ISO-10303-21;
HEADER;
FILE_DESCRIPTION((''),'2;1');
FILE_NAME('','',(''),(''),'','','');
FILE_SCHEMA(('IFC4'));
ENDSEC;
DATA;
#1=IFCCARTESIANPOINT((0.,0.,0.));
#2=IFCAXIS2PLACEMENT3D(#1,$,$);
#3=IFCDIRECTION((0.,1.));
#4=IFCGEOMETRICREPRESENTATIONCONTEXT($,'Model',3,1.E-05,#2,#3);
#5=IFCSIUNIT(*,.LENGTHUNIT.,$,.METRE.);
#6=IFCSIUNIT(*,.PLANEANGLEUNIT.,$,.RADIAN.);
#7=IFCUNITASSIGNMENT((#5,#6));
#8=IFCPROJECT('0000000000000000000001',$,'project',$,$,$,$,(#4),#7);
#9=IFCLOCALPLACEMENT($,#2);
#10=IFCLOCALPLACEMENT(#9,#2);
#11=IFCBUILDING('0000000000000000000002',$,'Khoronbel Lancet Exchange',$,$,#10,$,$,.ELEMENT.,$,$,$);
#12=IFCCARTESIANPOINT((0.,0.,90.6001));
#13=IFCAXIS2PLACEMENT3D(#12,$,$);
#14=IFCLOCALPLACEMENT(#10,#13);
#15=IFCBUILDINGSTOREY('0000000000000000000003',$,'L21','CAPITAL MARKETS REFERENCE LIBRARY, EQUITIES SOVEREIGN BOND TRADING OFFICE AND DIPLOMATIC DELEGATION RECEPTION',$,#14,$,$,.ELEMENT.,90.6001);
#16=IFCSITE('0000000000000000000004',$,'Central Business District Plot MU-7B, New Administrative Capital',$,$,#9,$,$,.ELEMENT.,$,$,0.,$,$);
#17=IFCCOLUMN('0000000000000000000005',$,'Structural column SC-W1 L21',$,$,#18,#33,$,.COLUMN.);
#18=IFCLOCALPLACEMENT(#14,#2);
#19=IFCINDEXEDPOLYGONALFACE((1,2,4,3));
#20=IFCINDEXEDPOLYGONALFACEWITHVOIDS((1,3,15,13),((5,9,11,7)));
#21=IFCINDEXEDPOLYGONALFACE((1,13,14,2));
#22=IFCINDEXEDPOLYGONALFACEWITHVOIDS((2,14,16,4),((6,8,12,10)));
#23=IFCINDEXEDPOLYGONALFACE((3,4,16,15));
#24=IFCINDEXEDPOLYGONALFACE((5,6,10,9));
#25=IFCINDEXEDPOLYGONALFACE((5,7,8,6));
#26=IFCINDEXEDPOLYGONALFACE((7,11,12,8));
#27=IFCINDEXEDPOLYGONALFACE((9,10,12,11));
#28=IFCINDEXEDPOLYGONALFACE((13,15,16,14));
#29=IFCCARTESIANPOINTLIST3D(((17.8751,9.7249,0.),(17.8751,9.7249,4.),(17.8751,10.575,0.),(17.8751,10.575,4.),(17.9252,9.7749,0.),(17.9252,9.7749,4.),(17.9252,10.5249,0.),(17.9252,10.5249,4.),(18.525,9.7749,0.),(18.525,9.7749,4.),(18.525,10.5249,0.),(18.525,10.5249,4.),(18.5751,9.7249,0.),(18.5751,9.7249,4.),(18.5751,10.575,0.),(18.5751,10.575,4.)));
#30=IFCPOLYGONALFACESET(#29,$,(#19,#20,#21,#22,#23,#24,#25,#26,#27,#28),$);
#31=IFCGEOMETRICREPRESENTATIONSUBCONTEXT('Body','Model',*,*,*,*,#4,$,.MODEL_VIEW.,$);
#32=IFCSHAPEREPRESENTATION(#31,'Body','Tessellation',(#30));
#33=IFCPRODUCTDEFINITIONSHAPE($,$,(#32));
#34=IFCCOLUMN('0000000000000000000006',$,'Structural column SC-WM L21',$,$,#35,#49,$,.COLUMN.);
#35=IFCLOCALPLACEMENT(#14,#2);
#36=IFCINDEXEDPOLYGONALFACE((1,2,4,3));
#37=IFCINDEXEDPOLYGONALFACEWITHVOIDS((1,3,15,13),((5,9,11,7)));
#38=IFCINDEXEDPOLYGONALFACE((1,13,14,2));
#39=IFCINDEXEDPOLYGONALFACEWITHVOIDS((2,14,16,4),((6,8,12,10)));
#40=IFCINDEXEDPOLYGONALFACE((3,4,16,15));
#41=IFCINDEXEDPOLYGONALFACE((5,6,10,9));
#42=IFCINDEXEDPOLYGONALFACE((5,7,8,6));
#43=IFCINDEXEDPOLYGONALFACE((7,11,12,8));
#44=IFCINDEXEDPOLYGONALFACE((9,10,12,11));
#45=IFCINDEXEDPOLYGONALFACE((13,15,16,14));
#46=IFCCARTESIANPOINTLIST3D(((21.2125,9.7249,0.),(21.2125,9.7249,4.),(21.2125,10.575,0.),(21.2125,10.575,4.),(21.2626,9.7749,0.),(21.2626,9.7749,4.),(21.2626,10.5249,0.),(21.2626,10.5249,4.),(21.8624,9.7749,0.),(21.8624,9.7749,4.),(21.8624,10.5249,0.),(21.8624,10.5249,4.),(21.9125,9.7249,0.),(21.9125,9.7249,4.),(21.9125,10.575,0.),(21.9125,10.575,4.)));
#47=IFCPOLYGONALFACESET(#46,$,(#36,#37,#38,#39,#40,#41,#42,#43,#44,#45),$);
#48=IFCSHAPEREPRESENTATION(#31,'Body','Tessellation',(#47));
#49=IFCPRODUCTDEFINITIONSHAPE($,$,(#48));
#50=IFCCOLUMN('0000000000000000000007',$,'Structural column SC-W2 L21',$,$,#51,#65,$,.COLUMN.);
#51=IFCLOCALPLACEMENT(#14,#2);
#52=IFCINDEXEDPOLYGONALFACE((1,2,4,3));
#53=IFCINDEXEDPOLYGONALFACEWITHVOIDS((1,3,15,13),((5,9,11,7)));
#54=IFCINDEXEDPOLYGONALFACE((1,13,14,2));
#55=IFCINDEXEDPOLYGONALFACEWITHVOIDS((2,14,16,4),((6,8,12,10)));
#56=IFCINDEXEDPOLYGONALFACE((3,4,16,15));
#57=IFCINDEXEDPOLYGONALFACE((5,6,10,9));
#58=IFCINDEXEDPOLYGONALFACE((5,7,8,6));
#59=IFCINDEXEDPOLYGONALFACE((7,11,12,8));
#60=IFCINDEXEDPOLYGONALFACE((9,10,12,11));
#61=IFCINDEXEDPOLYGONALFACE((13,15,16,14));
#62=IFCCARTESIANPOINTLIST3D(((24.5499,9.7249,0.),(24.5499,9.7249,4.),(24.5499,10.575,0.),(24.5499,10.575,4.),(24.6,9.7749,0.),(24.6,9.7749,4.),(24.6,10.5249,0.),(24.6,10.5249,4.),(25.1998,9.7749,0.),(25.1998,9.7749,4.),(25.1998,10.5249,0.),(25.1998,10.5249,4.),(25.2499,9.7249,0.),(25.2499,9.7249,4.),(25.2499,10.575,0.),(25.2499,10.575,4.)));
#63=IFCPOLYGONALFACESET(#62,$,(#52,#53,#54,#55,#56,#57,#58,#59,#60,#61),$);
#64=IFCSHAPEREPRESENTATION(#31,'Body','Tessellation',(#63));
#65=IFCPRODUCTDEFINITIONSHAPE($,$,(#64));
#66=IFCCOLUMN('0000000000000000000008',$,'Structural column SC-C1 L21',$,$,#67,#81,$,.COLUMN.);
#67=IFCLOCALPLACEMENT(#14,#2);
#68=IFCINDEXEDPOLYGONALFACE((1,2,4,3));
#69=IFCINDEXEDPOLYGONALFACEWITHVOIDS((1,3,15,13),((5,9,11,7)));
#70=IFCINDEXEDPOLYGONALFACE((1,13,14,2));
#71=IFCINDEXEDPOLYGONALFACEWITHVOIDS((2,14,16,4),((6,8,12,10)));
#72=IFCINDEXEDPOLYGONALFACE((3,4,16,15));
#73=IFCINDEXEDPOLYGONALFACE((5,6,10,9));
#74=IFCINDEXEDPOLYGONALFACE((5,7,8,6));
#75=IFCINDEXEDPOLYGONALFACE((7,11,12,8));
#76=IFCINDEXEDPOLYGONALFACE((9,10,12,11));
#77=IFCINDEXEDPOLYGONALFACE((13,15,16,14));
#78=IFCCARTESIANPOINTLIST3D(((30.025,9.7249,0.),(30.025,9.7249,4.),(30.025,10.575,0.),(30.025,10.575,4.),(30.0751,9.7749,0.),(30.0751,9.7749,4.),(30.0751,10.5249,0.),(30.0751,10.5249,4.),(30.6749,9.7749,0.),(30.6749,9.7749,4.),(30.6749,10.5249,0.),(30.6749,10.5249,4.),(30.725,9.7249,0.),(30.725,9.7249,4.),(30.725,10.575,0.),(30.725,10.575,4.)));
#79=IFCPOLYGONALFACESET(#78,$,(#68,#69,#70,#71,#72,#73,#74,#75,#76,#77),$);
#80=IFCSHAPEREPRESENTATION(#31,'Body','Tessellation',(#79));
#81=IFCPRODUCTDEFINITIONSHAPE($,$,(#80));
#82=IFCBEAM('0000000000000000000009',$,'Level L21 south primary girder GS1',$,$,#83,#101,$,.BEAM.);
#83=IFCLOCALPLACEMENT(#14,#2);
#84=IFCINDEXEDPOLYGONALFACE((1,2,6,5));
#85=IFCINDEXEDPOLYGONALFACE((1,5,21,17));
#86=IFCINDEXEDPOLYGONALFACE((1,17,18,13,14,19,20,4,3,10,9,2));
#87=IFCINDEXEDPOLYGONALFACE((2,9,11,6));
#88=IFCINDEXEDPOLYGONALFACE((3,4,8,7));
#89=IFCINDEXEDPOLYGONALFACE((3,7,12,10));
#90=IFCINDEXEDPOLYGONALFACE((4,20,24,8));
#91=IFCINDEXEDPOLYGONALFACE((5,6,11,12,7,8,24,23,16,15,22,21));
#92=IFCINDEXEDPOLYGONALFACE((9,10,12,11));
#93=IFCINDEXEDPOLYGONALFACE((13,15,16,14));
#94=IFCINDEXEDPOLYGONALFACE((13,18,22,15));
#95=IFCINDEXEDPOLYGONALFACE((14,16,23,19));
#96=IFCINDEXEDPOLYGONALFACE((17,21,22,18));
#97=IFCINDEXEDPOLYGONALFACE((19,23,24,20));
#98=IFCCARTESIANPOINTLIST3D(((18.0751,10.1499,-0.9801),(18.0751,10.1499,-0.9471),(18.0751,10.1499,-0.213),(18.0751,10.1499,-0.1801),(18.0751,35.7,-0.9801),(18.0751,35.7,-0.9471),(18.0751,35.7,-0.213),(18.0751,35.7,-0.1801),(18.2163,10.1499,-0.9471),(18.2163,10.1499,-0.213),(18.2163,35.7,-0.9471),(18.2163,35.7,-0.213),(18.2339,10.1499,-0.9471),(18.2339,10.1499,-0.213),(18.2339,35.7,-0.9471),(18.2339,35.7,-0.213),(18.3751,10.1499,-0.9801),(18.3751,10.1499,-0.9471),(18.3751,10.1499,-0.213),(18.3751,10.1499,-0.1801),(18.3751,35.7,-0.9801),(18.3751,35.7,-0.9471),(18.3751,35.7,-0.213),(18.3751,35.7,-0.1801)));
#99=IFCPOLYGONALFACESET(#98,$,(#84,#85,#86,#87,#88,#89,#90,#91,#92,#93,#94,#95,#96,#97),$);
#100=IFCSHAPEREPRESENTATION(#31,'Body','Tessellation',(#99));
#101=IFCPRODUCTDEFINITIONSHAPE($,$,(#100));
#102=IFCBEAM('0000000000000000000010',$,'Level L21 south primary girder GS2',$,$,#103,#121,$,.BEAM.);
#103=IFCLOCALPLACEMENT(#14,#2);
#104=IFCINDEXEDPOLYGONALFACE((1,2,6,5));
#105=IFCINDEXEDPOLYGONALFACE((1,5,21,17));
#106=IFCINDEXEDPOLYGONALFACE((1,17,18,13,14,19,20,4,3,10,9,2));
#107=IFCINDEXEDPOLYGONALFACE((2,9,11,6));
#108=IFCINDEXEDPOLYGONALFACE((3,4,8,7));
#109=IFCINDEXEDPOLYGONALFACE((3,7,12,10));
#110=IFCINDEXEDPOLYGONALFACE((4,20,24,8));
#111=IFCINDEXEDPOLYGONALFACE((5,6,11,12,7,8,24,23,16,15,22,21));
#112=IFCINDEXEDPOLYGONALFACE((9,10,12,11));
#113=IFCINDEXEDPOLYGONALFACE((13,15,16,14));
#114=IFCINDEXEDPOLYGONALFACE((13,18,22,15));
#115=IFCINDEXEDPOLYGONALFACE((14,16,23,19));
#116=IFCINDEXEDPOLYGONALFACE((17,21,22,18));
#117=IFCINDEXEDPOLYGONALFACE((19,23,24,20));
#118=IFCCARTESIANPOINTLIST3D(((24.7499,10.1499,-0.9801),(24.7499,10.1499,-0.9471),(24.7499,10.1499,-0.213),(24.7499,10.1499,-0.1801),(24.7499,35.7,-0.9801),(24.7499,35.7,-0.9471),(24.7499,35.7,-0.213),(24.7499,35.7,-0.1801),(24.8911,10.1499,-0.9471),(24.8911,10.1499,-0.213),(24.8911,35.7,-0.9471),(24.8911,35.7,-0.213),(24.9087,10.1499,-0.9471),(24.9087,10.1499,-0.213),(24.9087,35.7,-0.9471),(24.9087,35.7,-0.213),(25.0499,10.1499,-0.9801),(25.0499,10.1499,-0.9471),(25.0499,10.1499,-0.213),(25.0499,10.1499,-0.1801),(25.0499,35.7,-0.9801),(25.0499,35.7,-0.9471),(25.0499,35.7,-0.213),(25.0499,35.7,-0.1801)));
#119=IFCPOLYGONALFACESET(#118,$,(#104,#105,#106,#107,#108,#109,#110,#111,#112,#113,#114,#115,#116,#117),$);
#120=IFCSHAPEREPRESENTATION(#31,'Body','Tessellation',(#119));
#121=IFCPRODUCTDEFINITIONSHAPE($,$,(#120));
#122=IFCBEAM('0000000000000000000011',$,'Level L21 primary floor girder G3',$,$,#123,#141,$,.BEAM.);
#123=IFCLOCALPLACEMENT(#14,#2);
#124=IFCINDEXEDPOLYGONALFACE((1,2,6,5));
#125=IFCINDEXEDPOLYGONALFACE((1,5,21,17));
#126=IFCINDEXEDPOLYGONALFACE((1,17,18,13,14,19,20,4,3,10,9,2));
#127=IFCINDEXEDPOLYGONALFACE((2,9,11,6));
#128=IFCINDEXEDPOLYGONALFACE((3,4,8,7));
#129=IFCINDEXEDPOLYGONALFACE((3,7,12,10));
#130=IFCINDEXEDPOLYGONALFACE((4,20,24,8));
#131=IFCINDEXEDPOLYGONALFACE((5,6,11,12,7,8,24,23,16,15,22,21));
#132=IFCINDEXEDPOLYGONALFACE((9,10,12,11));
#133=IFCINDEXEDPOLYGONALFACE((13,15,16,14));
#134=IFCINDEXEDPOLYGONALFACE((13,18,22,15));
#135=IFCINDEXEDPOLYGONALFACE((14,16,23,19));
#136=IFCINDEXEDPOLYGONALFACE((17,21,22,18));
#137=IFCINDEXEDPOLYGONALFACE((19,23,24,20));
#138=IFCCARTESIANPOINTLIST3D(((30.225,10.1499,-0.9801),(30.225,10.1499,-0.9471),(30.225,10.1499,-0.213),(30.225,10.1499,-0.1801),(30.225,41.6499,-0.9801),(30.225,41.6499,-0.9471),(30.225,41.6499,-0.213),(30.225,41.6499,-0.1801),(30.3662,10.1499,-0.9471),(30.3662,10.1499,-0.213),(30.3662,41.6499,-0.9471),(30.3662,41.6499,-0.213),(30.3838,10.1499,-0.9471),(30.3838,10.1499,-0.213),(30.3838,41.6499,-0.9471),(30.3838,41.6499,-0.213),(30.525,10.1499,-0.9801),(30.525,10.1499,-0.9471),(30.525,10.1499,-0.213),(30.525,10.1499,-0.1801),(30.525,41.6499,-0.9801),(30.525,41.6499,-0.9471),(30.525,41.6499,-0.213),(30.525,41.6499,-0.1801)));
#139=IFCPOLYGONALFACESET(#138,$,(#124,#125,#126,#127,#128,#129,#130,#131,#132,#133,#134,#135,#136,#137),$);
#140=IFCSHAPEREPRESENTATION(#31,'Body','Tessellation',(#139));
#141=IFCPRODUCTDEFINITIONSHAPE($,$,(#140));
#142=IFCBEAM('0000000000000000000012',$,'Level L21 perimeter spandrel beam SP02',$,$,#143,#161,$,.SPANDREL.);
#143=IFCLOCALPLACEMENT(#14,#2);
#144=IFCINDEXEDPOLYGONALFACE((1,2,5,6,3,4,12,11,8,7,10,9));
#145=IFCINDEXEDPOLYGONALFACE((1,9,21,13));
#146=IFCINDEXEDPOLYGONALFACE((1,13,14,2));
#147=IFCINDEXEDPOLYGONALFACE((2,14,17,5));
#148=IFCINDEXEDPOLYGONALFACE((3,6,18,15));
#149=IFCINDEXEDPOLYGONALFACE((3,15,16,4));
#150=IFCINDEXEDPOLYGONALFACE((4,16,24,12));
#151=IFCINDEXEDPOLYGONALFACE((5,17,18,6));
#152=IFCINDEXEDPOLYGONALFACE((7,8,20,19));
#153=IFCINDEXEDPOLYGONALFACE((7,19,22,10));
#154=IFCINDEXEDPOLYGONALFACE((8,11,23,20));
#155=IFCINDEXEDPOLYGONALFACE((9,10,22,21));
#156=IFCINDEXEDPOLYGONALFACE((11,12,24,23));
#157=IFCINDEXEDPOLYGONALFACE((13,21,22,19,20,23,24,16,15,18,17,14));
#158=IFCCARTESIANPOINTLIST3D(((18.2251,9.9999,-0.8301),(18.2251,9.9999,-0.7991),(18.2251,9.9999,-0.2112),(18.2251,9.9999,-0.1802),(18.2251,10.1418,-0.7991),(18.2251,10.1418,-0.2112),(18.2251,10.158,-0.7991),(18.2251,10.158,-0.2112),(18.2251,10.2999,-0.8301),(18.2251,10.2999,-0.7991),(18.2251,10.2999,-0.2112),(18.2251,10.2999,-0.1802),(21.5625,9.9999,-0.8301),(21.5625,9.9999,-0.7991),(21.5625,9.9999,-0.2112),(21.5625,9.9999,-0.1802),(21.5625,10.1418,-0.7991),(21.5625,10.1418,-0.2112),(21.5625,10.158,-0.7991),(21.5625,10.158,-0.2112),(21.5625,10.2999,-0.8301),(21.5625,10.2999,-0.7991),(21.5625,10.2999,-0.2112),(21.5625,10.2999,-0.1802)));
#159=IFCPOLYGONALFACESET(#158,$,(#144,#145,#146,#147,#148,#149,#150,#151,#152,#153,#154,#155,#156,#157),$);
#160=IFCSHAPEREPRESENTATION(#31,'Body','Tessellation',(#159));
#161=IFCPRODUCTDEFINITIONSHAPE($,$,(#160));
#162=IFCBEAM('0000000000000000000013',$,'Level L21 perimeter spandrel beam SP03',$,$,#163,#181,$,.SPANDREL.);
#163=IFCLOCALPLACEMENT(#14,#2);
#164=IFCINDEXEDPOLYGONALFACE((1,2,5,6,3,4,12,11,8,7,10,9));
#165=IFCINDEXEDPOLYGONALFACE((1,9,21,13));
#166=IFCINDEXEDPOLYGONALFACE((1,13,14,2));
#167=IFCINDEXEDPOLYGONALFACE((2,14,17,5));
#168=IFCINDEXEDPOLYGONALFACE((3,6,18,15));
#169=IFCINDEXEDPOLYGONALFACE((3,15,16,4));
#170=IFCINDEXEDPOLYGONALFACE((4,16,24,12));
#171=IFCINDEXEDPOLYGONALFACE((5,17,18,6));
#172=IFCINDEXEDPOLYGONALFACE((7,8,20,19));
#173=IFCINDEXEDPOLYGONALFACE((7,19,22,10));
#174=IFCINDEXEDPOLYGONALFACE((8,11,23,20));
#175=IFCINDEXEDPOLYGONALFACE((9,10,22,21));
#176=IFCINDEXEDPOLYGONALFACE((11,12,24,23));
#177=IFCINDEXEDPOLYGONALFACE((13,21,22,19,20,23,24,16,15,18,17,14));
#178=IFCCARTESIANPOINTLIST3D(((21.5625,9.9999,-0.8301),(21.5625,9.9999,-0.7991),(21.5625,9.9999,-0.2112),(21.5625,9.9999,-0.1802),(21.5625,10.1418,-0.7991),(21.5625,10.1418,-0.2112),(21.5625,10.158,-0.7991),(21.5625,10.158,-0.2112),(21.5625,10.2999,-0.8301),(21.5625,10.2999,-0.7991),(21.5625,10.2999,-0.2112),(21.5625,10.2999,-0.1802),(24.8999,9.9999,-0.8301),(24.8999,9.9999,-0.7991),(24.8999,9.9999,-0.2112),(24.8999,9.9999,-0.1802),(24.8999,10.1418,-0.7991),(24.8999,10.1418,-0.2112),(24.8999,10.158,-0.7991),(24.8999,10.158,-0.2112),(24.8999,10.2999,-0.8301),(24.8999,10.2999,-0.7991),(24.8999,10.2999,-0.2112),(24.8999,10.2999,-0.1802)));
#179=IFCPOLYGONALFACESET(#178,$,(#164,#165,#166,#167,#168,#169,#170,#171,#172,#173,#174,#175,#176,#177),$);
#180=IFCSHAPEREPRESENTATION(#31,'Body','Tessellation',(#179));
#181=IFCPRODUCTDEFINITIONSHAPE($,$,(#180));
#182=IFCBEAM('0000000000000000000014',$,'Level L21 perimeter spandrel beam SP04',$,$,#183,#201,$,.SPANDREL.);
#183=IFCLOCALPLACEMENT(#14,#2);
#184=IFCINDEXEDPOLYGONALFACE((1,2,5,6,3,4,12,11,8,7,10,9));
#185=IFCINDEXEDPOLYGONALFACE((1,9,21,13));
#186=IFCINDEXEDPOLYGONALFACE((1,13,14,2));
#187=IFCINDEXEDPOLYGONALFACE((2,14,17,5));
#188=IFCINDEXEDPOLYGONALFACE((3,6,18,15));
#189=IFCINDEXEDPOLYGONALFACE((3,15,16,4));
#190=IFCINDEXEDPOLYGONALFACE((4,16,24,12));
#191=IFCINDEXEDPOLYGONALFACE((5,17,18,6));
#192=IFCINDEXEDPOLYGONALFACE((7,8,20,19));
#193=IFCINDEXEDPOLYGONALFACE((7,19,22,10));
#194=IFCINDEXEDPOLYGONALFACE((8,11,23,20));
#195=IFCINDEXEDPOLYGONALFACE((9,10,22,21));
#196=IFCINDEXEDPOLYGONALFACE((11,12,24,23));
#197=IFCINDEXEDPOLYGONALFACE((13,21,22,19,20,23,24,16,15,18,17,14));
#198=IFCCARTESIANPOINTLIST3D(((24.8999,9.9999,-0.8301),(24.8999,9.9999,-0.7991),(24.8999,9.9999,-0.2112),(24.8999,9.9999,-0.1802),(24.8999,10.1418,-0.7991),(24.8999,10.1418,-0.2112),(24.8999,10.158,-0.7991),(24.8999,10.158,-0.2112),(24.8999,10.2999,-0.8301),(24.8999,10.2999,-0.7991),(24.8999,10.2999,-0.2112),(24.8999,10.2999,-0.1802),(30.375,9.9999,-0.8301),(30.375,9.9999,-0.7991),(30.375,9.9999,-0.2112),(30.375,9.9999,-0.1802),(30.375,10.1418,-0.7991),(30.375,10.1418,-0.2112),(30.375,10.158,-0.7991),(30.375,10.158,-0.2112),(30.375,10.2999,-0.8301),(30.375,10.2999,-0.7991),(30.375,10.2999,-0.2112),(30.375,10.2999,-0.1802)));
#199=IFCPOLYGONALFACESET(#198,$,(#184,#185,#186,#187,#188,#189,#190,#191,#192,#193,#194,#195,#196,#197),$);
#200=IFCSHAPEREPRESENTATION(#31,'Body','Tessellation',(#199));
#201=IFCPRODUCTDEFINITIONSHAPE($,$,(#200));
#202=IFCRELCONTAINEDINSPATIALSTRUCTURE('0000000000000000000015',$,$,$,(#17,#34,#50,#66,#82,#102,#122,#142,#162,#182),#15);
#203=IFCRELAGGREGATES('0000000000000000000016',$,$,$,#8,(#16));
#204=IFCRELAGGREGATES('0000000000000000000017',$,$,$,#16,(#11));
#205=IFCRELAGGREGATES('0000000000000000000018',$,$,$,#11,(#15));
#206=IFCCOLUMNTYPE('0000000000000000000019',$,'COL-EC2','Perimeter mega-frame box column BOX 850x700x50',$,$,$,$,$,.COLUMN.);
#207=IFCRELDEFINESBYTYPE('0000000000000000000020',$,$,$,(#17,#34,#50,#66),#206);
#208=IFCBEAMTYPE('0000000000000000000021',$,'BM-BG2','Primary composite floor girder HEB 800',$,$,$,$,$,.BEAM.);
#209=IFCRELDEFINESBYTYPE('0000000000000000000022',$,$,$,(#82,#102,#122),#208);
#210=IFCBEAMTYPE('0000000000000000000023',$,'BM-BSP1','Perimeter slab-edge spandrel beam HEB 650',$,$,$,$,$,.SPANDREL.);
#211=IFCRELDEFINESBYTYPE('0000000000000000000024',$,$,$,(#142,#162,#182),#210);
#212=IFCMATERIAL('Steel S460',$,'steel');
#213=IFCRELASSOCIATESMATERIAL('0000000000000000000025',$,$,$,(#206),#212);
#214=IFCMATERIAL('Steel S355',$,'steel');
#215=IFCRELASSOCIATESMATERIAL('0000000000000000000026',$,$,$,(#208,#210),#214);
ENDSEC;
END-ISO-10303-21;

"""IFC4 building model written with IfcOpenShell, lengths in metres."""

from ifc_helpers import new_model, si_unit, direction, frame, origin, origin_2d, place, context, subcontext, project, spatial, hollow_rectangle, i_section, extrude, material, material_profile, profile_set, type_object, element, save


model = new_model("IFC4")

# Units and contexts
model_context = context("Model", 3, precision=1e-05, world=origin(), true_north=direction((0.0, 1.0)))
body_context = subcontext(model_context, "Body", "Model", "MODEL_VIEW")
ifc_project = project(units=[si_unit("LENGTHUNIT", "METRE"), si_unit("PLANEANGLEUNIT", "RADIAN")], contexts=[model_context])

# Site, building, storey
site_placement = place(None, origin())
site = spatial("IfcSite", under=ifc_project, at=site_placement, Name="Central Business District Plot MU-7B, New Administrative Capital", CompositionType="ELEMENT", RefElevation=0.0)
building_placement = place(site_placement, origin())
building = spatial("IfcBuilding", under=site, at=building_placement, Name="Khoronbel Lancet Exchange", CompositionType="ELEMENT")
storey_placement = place(building_placement, frame((0.0, 0.0, 90.6001)))
storey = spatial("IfcBuildingStorey", under=building, at=storey_placement, Name="L21", Description="CAPITAL MARKETS REFERENCE LIBRARY, EQUITIES SOVEREIGN BOND TRADING OFFICE AND DIPLOMATIC DELEGATION RECEPTION", CompositionType="ELEMENT", Elevation=90.6001)

# Columns
ifc_material_1 = material(Name="Steel S460", Category="steel")
ifc_material_profile_1 = material_profile(ifc_material_1, hollow_rectangle(XDim=0.7, YDim=0.8501, WallThickness=0.05, at=origin_2d()), Name="BOX 850x700x50")
ifc_profile_set_1 = profile_set([ifc_material_profile_1], Name="Steel S460")
column_type = type_object("IfcColumnType", Name="COL-EC2", Description="Perimeter mega-frame box column BOX 850x700x50", PredefinedType="COLUMN", material=ifc_profile_set_1)
for number, where, z_axis, x_axis, name in (
    (1, (18.2251, 10.1499, 0.0), (0.0, 0.0, 1.0), (1.0, 0.0, 0.0), "Structural column SC-W1 L21"),
    (2, (21.5625, 10.1499, 0.0), (0.0, 0.0, 1.0), (1.0, 0.0, 0.0), "Structural column SC-WM L21"),
    (3, (24.8999, 10.1499, 0.0), (0.0, 0.0, 1.0), (1.0, 0.0, 0.0), "Structural column SC-W2 L21"),
    (4, (30.375, 10.1499, 0.0), (0.0, 0.0, 1.0), (1.0, 0.0, 0.0), "Structural column SC-C1 L21"),
):
    element("IfcColumn", number, at=place(storey_placement, frame(where, z_axis=z_axis, x_axis=x_axis)), inside=storey, type_object=column_type, Name=name, PredefinedType="COLUMN", context=body_context, shape_type="SweptSolid", body=[
        extrude(hollow_rectangle(XDim=0.7, YDim=0.8501, WallThickness=0.05, at=origin_2d()), origin(), (0.0, 0.0, 1.0), 4.0),
    ])

# Beams
ifc_material_2 = material(Name="Steel S355", Category="steel")
ifc_material_profile_2 = material_profile(ifc_material_2, i_section(OverallWidth=0.3, OverallDepth=0.8, WebThickness=0.0176, FlangeThickness=0.033, at=origin_2d()), Name="HEB 800")
ifc_profile_set_2 = profile_set([ifc_material_profile_2], Name="Steel S355")
beam_type_1 = type_object("IfcBeamType", Name="BM-BG2", Description="Primary composite floor girder HEB 800", PredefinedType="BEAM", material=ifc_profile_set_2)
for number, where, z_axis, x_axis, name in (
    (5, (18.2251, 10.1499, -0.5801), (0.0, 1.0, 0.0), (-1.0, 0.0, 0.0), "Level L21 south primary girder GS1"),
    (6, (24.8999, 10.1499, -0.5801), (0.0, 1.0, 0.0), (-1.0, 0.0, 0.0), "Level L21 south primary girder GS2"),
):
    element("IfcBeam", number, at=place(storey_placement, frame(where, z_axis=z_axis, x_axis=x_axis)), inside=storey, type_object=beam_type_1, Name=name, PredefinedType="BEAM", context=body_context, shape_type="SweptSolid", body=[
        extrude(i_section(OverallWidth=0.3, OverallDepth=0.8, WebThickness=0.0176, FlangeThickness=0.033, at=origin_2d()), origin(), (0.0, 0.0, 1.0), 25.55),
    ])
beam_1_placement = place(storey_placement, frame((30.375, 10.1499, -0.5801), z_axis=(0.0, 1.0, 0.0), x_axis=(-1.0, 0.0, 0.0)))
element("IfcBeam", 7, at=beam_1_placement, inside=storey, type_object=beam_type_1, Name="Level L21 primary floor girder G3", PredefinedType="BEAM", context=body_context, shape_type="SweptSolid", body=[
    extrude(i_section(OverallWidth=0.3, OverallDepth=0.8, WebThickness=0.0176, FlangeThickness=0.033, at=origin_2d()), origin(), (0.0, 0.0, 1.0), 31.5),
])
ifc_material_profile_3 = material_profile(ifc_material_2, i_section(OverallWidth=0.3, OverallDepth=0.6499, WebThickness=0.0161, FlangeThickness=0.031, at=origin_2d()), Name="HEB 650")
ifc_profile_set_3 = profile_set([ifc_material_profile_3], Name="Steel S355")
beam_type_2 = type_object("IfcBeamType", Name="BM-BSP1", Description="Perimeter slab-edge spandrel beam HEB 650", PredefinedType="SPANDREL", material=ifc_profile_set_3)
for number, where, z_axis, x_axis, name in (
    (8, (18.2251, 10.1499, -0.5051), (1.0, 0.0, 0.0), (0.0, 1.0, 0.0), "Level L21 perimeter spandrel beam SP02"),
    (9, (21.5625, 10.1499, -0.5051), (1.0, 0.0, 0.0), (0.0, 1.0, 0.0), "Level L21 perimeter spandrel beam SP03"),
):
    element("IfcBeam", number, at=place(storey_placement, frame(where, z_axis=z_axis, x_axis=x_axis)), inside=storey, type_object=beam_type_2, Name=name, PredefinedType="SPANDREL", context=body_context, shape_type="SweptSolid", body=[
        extrude(i_section(OverallWidth=0.3, OverallDepth=0.6499, WebThickness=0.0161, FlangeThickness=0.031, at=origin_2d()), origin(), (0.0, 0.0, 1.0), 3.3374),
    ])
beam_2_placement = place(storey_placement, frame((24.8999, 10.1499, -0.5051), z_axis=(1.0, 0.0, 0.0), x_axis=(0.0, 1.0, 0.0)))
element("IfcBeam", 10, at=beam_2_placement, inside=storey, type_object=beam_type_2, Name="Level L21 perimeter spandrel beam SP04", PredefinedType="SPANDREL", context=body_context, shape_type="SweptSolid", body=[
    extrude(i_section(OverallWidth=0.3, OverallDepth=0.6499, WebThickness=0.0161, FlangeThickness=0.031, at=origin_2d()), origin(), (0.0, 0.0, 1.0), 5.4751),
])

save(model, "model.ifc")
